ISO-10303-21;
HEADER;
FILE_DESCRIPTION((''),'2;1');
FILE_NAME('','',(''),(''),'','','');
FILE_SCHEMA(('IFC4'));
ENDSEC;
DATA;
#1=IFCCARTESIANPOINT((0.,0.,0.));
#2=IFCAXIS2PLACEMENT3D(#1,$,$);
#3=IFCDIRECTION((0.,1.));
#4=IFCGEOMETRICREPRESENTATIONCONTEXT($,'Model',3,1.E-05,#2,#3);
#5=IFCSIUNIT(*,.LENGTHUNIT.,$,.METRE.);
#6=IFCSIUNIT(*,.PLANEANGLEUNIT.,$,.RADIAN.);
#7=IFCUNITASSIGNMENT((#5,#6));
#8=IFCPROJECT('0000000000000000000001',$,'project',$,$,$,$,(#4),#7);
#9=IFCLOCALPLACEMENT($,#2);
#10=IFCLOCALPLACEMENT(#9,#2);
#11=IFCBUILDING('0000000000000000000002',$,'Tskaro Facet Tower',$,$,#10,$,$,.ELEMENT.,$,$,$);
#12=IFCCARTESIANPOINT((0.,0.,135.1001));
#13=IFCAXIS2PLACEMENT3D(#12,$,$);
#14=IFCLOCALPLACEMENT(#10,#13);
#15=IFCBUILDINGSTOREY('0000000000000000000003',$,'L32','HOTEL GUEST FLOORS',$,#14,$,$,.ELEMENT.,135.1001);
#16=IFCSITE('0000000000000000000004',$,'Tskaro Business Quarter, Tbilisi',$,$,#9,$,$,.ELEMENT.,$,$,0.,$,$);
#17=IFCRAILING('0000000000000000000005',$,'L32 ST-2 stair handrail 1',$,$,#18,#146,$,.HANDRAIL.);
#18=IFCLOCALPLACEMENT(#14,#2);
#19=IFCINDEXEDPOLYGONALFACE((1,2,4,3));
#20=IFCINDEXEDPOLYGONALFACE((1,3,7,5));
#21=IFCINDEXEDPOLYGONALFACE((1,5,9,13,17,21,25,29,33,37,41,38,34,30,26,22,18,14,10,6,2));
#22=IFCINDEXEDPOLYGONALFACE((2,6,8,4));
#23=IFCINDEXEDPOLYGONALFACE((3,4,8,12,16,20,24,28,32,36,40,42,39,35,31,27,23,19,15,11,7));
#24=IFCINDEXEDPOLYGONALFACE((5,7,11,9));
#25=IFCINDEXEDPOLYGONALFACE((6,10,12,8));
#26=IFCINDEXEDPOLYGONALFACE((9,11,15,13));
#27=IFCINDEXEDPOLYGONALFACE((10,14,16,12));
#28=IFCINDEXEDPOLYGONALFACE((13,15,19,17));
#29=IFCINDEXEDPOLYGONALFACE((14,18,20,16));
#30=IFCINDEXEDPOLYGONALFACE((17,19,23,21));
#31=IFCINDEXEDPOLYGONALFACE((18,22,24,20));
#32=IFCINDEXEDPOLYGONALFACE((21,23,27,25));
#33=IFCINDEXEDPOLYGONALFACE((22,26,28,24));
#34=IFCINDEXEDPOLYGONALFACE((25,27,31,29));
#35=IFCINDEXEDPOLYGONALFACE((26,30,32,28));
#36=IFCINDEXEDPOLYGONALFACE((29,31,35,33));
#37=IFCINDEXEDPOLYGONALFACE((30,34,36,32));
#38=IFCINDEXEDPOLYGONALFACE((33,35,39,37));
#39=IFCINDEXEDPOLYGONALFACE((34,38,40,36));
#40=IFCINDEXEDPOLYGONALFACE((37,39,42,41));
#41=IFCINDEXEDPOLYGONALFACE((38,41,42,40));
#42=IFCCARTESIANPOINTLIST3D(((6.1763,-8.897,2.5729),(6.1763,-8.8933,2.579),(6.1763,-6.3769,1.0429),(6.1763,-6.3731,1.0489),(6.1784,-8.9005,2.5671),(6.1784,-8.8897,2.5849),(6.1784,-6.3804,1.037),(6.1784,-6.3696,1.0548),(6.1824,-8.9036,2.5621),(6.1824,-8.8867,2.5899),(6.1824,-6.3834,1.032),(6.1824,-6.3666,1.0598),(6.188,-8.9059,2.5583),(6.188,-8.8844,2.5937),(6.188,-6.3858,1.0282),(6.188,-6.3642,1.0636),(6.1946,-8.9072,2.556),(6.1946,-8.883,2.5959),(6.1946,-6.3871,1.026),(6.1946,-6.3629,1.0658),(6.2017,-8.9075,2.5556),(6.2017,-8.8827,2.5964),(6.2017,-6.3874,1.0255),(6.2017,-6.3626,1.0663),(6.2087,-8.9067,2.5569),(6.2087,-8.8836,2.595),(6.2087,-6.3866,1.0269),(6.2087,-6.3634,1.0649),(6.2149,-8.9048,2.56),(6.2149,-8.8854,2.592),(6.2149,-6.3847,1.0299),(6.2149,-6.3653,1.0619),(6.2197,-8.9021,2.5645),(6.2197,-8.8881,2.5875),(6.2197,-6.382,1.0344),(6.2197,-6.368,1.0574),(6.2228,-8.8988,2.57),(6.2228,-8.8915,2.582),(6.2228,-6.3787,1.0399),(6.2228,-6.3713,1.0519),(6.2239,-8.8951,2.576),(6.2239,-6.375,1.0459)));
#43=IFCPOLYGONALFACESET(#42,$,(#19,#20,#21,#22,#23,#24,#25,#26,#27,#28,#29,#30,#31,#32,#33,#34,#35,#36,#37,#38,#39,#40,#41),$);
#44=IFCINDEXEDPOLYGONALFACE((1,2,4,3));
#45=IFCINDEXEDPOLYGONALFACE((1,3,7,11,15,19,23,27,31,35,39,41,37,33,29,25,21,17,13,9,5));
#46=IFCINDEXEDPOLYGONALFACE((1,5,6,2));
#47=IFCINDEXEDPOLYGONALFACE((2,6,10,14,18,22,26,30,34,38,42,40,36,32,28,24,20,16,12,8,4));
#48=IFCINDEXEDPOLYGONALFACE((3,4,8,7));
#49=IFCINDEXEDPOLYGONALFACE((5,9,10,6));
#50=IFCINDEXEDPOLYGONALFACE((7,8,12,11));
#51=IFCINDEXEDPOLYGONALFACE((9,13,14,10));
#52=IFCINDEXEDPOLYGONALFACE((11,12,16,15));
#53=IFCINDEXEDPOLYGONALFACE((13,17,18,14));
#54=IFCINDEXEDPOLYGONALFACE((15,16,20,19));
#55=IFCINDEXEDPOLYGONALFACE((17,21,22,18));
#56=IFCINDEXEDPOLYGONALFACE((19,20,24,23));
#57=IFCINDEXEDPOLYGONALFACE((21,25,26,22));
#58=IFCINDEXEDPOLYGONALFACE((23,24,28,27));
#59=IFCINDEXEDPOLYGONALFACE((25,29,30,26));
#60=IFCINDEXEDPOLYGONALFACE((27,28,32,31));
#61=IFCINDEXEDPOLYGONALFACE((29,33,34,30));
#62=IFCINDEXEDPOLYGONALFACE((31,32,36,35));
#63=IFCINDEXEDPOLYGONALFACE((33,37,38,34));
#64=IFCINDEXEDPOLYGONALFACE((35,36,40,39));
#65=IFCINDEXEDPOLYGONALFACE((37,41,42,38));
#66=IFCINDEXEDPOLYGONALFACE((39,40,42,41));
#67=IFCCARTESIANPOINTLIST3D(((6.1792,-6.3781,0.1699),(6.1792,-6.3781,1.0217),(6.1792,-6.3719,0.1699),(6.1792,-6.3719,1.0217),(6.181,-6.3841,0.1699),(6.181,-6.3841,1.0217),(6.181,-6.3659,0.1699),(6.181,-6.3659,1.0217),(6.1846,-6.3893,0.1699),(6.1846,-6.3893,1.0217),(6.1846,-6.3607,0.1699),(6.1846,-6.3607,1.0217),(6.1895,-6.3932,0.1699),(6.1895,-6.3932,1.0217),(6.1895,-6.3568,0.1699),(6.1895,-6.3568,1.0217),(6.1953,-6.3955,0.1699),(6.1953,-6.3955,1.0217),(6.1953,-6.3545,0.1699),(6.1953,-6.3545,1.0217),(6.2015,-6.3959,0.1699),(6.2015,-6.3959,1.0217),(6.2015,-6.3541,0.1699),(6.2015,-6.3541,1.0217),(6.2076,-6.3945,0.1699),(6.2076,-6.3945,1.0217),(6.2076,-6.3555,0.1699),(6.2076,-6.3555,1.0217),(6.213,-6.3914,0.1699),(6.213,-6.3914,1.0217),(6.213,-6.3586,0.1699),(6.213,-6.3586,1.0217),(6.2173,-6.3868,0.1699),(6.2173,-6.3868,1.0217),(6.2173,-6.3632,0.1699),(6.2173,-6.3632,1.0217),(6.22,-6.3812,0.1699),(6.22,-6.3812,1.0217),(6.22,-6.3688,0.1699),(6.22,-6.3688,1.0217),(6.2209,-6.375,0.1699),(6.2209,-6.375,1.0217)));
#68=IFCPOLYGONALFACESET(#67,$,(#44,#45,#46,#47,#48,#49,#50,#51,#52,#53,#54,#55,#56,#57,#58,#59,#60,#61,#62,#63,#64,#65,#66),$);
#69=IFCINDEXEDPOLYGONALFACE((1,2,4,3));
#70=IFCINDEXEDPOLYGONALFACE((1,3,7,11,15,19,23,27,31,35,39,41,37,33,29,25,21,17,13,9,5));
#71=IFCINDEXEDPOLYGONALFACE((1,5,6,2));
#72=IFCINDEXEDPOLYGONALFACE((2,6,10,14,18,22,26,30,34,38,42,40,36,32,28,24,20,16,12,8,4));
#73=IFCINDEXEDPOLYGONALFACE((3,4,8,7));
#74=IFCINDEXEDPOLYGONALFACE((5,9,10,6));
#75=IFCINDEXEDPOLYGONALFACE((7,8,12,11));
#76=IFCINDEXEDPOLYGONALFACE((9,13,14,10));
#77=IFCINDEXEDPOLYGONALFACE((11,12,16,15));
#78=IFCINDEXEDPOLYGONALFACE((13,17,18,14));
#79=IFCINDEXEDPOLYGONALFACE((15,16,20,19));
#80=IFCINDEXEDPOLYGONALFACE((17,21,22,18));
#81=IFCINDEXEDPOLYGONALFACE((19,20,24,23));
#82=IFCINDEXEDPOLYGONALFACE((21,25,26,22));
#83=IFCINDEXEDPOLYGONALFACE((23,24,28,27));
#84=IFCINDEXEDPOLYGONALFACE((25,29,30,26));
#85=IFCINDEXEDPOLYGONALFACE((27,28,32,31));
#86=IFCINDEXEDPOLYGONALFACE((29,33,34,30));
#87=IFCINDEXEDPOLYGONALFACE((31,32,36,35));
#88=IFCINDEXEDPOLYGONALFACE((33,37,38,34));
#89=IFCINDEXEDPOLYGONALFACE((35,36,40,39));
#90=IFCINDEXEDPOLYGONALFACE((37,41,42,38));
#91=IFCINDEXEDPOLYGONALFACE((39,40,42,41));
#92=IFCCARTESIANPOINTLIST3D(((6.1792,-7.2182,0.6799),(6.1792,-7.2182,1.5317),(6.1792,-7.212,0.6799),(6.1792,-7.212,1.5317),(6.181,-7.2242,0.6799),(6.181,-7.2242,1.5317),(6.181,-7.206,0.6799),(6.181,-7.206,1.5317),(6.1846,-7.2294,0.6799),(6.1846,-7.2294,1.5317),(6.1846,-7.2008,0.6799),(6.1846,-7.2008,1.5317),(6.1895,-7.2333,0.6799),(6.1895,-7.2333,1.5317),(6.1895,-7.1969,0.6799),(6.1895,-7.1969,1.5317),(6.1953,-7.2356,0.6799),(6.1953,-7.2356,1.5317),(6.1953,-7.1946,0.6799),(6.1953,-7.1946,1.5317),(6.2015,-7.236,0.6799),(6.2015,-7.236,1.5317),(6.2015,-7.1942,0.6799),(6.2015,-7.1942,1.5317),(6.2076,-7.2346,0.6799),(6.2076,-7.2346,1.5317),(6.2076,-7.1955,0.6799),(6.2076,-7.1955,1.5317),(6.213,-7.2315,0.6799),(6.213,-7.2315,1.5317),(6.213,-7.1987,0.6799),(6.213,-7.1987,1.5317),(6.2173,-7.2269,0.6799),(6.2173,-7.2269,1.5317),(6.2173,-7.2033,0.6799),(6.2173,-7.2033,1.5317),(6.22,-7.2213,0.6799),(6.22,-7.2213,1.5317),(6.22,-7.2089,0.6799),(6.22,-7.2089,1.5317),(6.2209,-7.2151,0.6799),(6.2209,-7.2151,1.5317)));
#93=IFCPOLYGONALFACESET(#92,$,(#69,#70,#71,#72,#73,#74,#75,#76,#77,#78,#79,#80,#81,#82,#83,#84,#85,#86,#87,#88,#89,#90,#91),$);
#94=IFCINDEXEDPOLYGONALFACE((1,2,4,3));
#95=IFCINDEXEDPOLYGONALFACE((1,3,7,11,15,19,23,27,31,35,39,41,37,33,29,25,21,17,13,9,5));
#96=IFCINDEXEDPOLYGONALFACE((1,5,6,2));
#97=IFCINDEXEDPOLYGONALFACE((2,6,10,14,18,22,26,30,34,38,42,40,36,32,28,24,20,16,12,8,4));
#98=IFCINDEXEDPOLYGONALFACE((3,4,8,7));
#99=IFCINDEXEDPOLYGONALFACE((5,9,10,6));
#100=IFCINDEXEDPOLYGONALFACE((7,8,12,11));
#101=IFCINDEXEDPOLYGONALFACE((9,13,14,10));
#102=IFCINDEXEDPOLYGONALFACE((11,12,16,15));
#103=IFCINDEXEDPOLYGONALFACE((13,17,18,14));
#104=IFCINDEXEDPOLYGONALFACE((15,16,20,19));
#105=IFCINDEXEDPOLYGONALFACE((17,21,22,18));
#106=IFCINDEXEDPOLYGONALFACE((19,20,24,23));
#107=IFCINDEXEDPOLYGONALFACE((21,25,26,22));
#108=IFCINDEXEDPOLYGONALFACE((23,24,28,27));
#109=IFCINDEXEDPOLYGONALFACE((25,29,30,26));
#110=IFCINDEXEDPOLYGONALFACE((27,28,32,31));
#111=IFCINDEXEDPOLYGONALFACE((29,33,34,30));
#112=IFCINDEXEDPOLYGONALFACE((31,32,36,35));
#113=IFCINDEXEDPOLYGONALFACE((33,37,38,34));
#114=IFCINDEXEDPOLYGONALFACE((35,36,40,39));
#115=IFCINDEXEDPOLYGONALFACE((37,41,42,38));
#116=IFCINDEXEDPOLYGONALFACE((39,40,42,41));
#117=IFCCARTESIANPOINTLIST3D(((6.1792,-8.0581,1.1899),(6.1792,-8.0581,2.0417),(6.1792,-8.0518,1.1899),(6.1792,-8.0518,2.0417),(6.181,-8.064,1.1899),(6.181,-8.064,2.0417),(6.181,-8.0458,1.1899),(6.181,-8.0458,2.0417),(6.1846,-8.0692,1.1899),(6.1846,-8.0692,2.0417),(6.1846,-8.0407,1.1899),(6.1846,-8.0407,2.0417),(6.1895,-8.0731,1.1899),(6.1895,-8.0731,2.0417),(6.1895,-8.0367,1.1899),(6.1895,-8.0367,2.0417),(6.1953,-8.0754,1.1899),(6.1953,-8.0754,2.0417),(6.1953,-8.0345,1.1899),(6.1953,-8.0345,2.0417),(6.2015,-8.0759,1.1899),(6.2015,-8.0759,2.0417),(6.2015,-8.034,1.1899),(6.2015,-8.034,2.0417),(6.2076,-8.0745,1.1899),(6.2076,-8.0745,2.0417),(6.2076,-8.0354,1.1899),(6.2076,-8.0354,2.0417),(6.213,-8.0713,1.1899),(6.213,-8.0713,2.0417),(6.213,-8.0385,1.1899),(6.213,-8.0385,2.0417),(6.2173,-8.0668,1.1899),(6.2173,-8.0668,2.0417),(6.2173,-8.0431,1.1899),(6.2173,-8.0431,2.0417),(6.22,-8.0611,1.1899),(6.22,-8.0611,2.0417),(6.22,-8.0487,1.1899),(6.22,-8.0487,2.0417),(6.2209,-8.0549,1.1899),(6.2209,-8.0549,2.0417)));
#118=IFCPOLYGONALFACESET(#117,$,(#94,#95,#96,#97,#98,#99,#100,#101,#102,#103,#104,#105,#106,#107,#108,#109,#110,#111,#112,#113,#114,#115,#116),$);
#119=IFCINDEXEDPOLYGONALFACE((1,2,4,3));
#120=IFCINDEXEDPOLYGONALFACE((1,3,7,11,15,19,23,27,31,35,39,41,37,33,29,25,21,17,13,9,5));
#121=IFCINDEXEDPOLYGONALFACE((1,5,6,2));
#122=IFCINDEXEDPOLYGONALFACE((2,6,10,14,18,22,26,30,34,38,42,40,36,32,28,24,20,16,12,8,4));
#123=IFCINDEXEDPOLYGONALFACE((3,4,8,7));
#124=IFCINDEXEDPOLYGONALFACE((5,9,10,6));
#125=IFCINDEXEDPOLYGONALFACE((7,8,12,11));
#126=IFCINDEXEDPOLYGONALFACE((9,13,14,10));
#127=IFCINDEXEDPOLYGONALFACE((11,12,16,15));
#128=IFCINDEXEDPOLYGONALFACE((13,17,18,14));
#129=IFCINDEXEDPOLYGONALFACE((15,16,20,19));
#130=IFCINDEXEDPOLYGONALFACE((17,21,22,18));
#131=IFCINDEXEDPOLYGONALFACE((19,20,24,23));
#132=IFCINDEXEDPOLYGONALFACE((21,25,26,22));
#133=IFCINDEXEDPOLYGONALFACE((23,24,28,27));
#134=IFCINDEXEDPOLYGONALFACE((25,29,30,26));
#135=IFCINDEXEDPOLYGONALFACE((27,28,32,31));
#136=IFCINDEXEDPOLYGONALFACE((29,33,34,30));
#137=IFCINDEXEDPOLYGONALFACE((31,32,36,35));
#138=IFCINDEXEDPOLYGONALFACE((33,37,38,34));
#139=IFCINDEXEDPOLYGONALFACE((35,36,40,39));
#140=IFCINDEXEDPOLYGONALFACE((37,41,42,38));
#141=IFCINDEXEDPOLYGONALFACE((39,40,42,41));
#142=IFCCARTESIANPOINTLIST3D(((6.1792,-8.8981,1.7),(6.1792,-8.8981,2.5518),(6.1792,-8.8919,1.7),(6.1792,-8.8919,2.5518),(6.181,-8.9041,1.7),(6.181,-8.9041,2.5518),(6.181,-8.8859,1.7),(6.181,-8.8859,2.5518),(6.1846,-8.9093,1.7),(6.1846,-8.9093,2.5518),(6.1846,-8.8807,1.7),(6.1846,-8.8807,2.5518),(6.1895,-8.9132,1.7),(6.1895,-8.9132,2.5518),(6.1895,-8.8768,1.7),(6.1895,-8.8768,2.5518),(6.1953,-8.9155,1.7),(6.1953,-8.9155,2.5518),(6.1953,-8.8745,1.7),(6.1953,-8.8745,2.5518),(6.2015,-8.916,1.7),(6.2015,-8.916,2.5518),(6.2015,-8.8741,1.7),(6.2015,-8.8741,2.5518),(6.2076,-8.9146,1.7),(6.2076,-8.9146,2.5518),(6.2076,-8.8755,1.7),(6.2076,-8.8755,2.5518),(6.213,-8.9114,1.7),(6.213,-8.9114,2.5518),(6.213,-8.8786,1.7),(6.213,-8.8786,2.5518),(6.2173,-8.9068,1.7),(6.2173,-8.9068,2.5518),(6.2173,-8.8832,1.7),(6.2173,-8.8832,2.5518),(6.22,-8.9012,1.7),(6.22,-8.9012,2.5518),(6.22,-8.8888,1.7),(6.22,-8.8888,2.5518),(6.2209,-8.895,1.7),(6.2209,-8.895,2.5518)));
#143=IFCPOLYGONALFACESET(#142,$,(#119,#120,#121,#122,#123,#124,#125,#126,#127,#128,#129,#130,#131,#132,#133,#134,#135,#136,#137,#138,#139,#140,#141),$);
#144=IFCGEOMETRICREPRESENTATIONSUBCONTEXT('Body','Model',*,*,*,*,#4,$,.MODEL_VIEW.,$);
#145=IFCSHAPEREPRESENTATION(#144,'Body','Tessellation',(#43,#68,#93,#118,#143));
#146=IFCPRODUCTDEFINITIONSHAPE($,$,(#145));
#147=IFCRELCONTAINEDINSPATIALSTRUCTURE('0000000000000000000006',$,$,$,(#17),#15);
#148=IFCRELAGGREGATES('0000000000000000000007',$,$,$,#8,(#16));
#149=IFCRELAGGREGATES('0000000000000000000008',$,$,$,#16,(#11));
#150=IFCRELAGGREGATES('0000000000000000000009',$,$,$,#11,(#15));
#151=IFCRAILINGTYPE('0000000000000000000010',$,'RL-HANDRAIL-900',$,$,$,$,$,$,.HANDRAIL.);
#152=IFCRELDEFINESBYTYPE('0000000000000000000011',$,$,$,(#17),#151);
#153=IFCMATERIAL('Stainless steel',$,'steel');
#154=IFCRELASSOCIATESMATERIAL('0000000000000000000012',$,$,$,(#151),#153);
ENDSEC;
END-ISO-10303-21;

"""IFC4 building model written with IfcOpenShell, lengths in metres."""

from ifc_helpers import new_model, si_unit, direction, frame, origin, origin_2d, place, context, subcontext, project, spatial, circle, extrude, material, type_object, element, save


model = new_model("IFC4")

# Units and contexts
model_context = context("Model", 3, precision=1e-05, world=origin(), true_north=direction((0.0, 1.0)))
body_context = subcontext(model_context, "Body", "Model", "MODEL_VIEW")
ifc_project = project(units=[si_unit("LENGTHUNIT", "METRE"), si_unit("PLANEANGLEUNIT", "RADIAN")], contexts=[model_context])

# Site, building, storey
site_placement = place(None, origin())
site = spatial("IfcSite", under=ifc_project, at=site_placement, Name="Tskaro Business Quarter, Tbilisi", CompositionType="ELEMENT", RefElevation=0.0)
building_placement = place(site_placement, origin())
building = spatial("IfcBuilding", under=site, at=building_placement, Name="Tskaro Facet Tower", CompositionType="ELEMENT")
storey_placement = place(building_placement, frame((0.0, 0.0, 135.1001)))
storey = spatial("IfcBuildingStorey", under=building, at=storey_placement, Name="L32", Description="HOTEL GUEST FLOORS", CompositionType="ELEMENT", Elevation=135.1001)

# Railing
ifc_material_1 = material(Name="Stainless steel", Category="steel")
railing_type_1 = type_object("IfcRailingType", Name="RL-HANDRAIL-900", PredefinedType="HANDRAIL", material=ifc_material_1)
railing_1_placement = place(storey_placement, frame((6.2, -6.375, 0.1699)))
element("IfcRailing", 1, at=railing_1_placement, inside=storey, type_object=railing_type_1, Name="L32 ST-2 stair handrail 1", PredefinedType="HANDRAIL", context=body_context, shape_type="SweptSolid", body=[
    extrude(circle(Radius=0.0239, at=origin_2d()), frame((0.0, 0.0, 0.876), z_axis=(0.0, -0.854785, 0.518982), x_axis=(1.0, 0.0, 0.0)), (0.0, 0.0, 1.0), 2.9482),
    extrude(circle(Radius=0.021, at=origin_2d()), origin(), (0.0, 0.0, 1.0), 0.8518),
    extrude(circle(Radius=0.021, at=origin_2d()), frame((0.0, -0.8401, 0.51)), (0.0, 0.0, 1.0), 0.8518),
    extrude(circle(Radius=0.021, at=origin_2d()), frame((0.0, -1.6799, 1.02)), (0.0, 0.0, 1.0), 0.8518),
    extrude(circle(Radius=0.021, at=origin_2d()), frame((0.0, -2.52, 1.53)), (0.0, 0.0, 1.0), 0.8518),
])

save(model, "model.ifc")
